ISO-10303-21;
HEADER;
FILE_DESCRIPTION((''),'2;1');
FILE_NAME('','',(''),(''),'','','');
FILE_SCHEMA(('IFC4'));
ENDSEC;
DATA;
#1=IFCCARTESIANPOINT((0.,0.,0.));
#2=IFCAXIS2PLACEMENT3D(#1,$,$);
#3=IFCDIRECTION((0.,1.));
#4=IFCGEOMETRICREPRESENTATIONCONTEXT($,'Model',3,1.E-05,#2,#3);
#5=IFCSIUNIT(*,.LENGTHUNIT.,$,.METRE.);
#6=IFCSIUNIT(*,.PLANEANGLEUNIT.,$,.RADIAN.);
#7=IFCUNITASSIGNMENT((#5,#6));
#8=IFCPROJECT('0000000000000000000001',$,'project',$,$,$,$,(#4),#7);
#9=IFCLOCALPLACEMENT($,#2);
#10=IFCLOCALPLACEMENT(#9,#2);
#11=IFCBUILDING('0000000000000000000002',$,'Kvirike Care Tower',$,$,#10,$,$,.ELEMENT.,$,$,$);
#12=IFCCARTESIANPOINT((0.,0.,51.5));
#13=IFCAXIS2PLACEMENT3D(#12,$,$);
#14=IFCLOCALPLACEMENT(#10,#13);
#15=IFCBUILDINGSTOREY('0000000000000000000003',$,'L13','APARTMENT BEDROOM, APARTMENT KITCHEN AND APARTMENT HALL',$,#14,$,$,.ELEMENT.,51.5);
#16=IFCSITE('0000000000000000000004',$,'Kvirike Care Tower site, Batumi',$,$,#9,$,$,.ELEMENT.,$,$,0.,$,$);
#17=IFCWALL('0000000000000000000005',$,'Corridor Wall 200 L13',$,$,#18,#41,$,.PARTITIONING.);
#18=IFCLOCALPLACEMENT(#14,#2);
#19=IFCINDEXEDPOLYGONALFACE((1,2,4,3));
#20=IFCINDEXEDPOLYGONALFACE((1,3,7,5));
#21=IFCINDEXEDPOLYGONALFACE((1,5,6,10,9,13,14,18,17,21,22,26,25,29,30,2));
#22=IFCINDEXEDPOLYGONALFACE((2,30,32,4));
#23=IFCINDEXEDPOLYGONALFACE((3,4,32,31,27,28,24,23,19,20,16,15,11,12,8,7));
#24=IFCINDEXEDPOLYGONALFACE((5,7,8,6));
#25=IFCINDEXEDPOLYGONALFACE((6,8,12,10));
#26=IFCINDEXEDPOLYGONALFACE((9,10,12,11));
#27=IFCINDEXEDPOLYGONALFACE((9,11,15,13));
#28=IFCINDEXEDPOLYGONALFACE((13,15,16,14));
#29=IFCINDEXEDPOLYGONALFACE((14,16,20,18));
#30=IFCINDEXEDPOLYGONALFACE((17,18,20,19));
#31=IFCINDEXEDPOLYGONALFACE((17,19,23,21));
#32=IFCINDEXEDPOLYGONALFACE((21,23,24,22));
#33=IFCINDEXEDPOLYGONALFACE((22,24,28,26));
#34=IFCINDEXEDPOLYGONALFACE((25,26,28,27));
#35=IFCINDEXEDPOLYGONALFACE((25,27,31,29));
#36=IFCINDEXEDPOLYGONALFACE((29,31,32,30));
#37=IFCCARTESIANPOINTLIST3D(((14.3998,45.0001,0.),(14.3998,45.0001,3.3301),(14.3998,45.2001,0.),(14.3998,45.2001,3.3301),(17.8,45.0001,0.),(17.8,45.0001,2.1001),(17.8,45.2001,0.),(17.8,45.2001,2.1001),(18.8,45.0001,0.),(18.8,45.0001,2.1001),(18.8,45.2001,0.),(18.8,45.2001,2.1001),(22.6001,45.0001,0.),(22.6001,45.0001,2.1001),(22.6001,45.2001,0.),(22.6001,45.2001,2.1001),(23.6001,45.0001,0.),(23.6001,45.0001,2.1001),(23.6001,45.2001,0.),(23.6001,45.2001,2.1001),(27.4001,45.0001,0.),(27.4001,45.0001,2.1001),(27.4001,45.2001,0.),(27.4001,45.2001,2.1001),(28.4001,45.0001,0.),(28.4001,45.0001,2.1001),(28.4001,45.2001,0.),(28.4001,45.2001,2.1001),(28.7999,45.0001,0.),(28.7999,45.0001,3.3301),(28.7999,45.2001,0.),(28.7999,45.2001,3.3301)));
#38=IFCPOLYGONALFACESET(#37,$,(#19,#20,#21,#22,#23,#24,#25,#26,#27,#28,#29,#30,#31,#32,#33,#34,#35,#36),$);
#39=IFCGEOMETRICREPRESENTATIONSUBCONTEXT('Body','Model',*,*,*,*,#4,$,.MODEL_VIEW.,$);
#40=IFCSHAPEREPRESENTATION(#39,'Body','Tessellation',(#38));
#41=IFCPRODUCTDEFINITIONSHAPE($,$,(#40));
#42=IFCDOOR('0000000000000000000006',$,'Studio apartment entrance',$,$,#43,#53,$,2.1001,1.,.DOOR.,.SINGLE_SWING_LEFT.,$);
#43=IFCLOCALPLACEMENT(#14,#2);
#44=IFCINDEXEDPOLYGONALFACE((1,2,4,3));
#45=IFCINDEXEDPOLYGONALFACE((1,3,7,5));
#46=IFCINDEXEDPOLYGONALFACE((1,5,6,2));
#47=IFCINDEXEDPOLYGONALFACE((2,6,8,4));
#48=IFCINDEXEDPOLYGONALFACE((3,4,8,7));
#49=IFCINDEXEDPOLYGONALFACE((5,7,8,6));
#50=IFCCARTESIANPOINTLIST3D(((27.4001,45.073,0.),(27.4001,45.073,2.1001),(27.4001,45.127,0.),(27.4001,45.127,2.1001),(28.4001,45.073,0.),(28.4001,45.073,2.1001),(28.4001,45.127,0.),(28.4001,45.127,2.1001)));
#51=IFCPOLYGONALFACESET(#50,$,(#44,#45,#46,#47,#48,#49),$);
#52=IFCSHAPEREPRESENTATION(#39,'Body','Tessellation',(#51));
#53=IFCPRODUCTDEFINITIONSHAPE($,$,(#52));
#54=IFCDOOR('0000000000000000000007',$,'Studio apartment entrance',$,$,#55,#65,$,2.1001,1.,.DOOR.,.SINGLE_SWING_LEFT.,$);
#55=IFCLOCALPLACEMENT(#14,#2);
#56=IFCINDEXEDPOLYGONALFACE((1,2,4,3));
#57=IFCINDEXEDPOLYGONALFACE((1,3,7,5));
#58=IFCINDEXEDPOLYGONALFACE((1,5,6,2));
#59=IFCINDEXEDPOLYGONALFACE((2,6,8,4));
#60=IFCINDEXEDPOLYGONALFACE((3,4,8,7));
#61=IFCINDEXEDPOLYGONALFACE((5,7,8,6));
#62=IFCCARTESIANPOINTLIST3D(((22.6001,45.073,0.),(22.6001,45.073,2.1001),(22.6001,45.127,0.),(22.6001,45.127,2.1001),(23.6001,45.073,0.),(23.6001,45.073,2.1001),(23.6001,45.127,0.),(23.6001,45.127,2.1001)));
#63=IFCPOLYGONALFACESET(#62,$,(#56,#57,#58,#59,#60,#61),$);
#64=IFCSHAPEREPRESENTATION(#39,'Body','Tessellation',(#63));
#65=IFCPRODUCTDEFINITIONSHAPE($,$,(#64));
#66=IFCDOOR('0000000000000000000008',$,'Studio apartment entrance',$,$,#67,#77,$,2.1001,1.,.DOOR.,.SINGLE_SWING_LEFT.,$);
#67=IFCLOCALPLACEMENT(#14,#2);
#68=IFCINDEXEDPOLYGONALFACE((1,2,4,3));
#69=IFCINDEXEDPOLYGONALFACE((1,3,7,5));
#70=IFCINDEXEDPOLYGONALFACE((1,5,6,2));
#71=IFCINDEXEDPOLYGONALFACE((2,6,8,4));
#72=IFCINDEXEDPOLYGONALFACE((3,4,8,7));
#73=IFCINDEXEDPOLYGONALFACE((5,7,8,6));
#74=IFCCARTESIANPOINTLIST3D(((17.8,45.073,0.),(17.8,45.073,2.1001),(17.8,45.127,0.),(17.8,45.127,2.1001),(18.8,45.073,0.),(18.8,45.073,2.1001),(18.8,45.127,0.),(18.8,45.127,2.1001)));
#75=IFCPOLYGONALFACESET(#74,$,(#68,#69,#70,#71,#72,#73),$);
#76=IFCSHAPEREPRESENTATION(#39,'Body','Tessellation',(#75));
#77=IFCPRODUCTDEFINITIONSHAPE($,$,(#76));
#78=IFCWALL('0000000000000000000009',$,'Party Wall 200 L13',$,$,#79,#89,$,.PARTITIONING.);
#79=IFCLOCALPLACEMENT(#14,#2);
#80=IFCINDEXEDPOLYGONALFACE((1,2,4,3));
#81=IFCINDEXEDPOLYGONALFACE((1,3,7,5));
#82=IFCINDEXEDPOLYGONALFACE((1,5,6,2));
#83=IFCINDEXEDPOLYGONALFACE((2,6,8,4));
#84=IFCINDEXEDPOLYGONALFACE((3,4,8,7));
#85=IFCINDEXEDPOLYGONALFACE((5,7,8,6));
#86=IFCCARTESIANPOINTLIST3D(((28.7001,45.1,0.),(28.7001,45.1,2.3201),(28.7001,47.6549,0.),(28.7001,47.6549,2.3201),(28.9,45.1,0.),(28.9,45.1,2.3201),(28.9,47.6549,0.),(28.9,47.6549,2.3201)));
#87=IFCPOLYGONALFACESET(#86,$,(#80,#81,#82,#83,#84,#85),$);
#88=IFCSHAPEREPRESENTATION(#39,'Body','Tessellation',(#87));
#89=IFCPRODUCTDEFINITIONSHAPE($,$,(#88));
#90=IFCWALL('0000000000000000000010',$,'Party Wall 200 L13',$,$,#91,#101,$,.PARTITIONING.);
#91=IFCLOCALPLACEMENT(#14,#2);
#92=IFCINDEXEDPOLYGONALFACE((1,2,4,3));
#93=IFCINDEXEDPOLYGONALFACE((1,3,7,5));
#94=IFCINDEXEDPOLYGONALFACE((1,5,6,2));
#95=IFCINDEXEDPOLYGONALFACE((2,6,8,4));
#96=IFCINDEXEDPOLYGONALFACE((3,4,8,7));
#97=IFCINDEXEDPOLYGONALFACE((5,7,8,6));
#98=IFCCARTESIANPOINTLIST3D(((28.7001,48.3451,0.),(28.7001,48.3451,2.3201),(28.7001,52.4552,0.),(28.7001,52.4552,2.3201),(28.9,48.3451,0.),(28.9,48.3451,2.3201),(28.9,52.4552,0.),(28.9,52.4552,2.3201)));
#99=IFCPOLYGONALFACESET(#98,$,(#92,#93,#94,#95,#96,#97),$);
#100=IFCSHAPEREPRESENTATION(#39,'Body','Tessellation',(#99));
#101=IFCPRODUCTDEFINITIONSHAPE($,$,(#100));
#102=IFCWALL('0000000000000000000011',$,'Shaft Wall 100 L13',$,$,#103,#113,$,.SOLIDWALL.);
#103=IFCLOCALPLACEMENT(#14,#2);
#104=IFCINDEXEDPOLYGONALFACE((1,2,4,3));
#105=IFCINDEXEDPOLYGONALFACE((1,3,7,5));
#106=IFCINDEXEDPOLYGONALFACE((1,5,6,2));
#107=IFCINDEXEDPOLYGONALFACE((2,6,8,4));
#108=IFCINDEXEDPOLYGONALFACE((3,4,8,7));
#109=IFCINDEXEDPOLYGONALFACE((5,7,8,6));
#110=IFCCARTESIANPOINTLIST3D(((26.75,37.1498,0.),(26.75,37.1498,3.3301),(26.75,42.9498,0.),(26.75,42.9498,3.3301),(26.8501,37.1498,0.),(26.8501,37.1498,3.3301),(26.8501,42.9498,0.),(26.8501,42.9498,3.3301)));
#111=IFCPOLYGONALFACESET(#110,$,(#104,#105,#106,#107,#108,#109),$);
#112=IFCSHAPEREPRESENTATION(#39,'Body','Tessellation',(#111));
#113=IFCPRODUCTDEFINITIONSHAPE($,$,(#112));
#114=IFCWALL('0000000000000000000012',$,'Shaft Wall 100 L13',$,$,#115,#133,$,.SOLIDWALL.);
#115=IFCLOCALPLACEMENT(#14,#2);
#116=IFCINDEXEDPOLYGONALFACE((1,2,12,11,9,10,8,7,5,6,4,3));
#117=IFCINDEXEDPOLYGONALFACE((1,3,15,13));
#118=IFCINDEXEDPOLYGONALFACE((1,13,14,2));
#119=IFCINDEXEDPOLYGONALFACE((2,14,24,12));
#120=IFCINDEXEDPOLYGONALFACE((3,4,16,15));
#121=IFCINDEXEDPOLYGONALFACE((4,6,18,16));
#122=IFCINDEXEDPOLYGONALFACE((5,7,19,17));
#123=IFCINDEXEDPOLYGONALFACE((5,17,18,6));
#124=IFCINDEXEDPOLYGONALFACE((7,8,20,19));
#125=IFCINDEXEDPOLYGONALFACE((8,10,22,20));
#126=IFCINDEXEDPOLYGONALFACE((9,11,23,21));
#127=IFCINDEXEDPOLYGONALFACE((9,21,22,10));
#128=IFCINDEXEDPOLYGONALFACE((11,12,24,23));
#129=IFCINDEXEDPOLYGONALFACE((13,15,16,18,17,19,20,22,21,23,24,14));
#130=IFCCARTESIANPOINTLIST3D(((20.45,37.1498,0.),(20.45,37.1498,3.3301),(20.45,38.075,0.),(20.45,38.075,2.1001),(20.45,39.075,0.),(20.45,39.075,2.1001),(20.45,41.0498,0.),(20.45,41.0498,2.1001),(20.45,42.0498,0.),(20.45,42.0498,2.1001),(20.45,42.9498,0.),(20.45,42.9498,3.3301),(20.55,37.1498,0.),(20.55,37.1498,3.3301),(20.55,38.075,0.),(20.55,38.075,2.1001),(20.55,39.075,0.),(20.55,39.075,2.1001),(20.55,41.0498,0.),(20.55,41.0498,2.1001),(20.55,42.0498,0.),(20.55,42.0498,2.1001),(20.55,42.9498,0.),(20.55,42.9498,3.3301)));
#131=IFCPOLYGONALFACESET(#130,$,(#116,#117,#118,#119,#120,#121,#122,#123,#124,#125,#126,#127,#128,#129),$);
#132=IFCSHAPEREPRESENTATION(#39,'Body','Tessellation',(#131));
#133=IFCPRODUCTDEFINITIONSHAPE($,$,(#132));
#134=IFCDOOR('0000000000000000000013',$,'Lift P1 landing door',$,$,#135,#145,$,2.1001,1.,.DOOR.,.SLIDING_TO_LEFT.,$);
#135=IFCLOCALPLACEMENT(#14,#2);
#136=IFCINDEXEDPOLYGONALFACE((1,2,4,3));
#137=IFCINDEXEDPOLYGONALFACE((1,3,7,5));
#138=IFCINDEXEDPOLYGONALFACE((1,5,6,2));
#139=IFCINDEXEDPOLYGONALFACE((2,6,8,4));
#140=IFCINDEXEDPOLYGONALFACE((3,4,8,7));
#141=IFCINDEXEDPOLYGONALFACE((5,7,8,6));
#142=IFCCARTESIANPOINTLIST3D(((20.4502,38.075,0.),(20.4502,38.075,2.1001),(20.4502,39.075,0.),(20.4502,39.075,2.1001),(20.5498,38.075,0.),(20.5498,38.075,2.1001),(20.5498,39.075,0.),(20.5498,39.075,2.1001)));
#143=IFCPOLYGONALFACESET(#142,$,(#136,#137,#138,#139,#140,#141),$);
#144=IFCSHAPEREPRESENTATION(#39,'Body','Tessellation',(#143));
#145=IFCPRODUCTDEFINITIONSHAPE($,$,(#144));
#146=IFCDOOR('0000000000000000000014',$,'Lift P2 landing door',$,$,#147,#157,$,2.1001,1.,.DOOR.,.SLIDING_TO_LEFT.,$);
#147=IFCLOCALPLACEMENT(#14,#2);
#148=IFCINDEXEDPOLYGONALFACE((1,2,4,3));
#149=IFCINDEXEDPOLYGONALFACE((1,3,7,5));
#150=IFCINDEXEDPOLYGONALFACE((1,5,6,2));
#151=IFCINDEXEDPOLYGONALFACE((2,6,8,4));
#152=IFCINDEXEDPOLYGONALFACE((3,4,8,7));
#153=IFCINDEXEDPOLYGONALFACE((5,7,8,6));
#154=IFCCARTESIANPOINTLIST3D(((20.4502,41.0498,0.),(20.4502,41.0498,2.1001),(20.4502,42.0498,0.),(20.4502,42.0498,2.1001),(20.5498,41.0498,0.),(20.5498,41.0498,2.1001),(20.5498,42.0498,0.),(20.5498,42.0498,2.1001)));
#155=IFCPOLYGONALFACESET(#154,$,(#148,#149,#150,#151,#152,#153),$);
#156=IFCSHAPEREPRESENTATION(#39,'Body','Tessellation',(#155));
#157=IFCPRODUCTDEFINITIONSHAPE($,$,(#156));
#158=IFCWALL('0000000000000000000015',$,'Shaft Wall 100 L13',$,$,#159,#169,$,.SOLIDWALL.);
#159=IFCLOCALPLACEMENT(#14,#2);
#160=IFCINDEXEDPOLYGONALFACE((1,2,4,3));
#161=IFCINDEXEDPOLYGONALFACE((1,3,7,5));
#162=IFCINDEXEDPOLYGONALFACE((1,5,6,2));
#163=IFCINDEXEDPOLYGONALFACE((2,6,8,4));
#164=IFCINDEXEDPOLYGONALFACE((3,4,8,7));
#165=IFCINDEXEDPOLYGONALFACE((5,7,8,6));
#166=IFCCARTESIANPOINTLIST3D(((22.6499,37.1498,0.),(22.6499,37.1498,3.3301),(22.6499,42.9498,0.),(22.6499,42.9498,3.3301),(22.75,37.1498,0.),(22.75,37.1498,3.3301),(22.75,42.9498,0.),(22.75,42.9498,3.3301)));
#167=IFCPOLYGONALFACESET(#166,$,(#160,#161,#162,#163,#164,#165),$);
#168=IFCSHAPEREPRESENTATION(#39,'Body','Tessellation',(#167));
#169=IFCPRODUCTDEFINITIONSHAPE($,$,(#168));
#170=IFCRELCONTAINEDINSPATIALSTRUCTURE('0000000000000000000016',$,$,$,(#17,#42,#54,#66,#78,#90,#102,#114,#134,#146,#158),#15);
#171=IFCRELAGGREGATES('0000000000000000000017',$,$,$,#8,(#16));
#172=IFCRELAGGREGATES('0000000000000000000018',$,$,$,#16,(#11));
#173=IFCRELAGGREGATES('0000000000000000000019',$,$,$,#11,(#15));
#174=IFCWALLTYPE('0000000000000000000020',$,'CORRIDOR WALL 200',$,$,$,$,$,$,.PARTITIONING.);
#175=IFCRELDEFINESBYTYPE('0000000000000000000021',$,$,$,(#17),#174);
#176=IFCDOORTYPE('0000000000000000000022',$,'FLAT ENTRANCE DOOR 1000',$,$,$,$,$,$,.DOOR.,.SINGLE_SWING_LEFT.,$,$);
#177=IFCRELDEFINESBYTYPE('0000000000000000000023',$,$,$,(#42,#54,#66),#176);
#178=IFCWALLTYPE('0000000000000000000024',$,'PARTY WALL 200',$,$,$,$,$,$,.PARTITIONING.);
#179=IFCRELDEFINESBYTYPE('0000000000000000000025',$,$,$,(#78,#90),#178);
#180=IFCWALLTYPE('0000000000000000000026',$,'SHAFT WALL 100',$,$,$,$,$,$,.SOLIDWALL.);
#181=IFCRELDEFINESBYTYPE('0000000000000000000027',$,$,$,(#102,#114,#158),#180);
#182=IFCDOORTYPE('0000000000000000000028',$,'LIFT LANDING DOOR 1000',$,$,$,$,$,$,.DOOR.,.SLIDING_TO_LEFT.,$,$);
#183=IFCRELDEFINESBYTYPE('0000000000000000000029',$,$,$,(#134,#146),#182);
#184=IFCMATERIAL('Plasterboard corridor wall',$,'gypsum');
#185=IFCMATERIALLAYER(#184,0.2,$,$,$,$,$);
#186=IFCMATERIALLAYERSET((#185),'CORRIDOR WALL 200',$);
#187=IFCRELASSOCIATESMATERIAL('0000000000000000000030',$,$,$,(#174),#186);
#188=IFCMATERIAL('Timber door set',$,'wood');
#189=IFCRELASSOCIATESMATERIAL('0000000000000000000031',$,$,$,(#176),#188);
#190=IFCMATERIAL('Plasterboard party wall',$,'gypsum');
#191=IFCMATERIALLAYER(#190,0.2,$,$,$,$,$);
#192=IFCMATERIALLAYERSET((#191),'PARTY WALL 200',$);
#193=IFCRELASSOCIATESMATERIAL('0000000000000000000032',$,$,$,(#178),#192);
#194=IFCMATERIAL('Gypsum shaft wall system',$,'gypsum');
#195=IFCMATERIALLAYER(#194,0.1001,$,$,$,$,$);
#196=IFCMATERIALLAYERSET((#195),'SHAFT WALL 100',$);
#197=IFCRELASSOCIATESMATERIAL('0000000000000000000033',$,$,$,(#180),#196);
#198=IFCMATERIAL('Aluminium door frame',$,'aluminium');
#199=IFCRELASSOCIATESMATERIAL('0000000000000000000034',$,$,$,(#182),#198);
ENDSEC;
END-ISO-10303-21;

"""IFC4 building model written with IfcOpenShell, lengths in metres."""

from ifc_helpers import new_model, si_unit, direction, frame, frame_2d, origin, place, context, subcontext, project, spatial, rectangle, extrude, material, layer, layer_set, type_object, element, fill, save


model = new_model("IFC4")

# Units and contexts
model_context = context("Model", 3, precision=1e-05, world=origin(), true_north=direction((0.0, 1.0)))
body_context = subcontext(model_context, "Body", "Model", "MODEL_VIEW")
ifc_project = project(units=[si_unit("LENGTHUNIT", "METRE"), si_unit("PLANEANGLEUNIT", "RADIAN")], contexts=[model_context])

# Site, building, storey
site_placement = place(None, origin())
site = spatial("IfcSite", under=ifc_project, at=site_placement, Name="Kvirike Care Tower site, Batumi", CompositionType="ELEMENT", RefElevation=0.0)
building_placement = place(site_placement, origin())
building = spatial("IfcBuilding", under=site, at=building_placement, Name="Kvirike Care Tower", CompositionType="ELEMENT")
storey_placement = place(building_placement, frame((0.0, 0.0, 51.5)))
storey = spatial("IfcBuildingStorey", under=building, at=storey_placement, Name="L13", Description="APARTMENT BEDROOM, APARTMENT KITCHEN AND APARTMENT HALL", CompositionType="ELEMENT", Elevation=51.5)

# Wall, openings, doors
ifc_material_1 = material(Name="Plasterboard corridor wall", Category="gypsum")
ifc_layer_1 = layer(ifc_material_1, 0.2)
ifc_layer_set_1 = layer_set([ifc_layer_1], Name="CORRIDOR WALL 200")
wall_type_1 = type_object("IfcWallType", Name="CORRIDOR WALL 200", PredefinedType="PARTITIONING", material=ifc_layer_set_1)
wall_1_placement = place(storey_placement, frame((28.8, 45.1001, 0.0), z_axis=(0.0, 0.0, 1.0), x_axis=(-1.0, 0.0, 0.0)))
wall_1 = element("IfcWall", 1, at=wall_1_placement, inside=storey, type_object=wall_type_1, Name="Corridor Wall 200 L13", PredefinedType="PARTITIONING", context=body_context, shape_type="SweptSolid", body=[
    extrude(rectangle(XDim=14.4001, YDim=0.2, at=frame_2d((7.2002, 0.0))), origin(), (0.0, 0.0, 1.0), 3.3301),
])
opening_1_placement = place(wall_1_placement, frame((0.3999, 0.0, 0.0)))
opening_1 = element("IfcOpeningElement", 2, at=opening_1_placement, cuts=wall_1, PredefinedType="OPENING", context=body_context, shape_type="SweptSolid", body=[
    extrude(rectangle(XDim=1.0, YDim=2.1001, at=frame_2d((0.5, 1.05))), frame((0.0, 0.1106, 0.0), z_axis=(0.0, -1.0, 0.0), x_axis=(1.0, 0.0, 0.0)), (0.0, 0.0, 1.0), 0.2209),
])
opening_2_placement = place(wall_1_placement, frame((5.2, 0.0, 0.0)))
opening_2 = element("IfcOpeningElement", 3, at=opening_2_placement, cuts=wall_1, PredefinedType="OPENING", context=body_context, shape_type="SweptSolid", body=[
    extrude(rectangle(XDim=1.0, YDim=2.1001, at=frame_2d((0.5, 1.05))), frame((0.0, 0.1106, 0.0), z_axis=(0.0, -1.0, 0.0), x_axis=(1.0, 0.0, 0.0)), (0.0, 0.0, 1.0), 0.2209),
])
opening_3_placement = place(wall_1_placement, frame((10.0, 0.0, 0.0)))
opening_3 = element("IfcOpeningElement", 4, at=opening_3_placement, cuts=wall_1, PredefinedType="OPENING", context=body_context, shape_type="SweptSolid", body=[
    extrude(rectangle(XDim=1.0, YDim=2.1001, at=frame_2d((0.5, 1.05))), frame((0.0, 0.1106, 0.0), z_axis=(0.0, -1.0, 0.0), x_axis=(1.0, 0.0, 0.0)), (0.0, 0.0, 1.0), 0.2209),
])
ifc_material_2 = material(Name="Timber door set", Category="wood")
door_type_1 = type_object("IfcDoorType", Name="FLAT ENTRANCE DOOR 1000", OperationType="SINGLE_SWING_LEFT", PredefinedType="DOOR", material=ifc_material_2)
door_1_placement = place(opening_1_placement, frame((1.0, 0.0, 0.0), z_axis=(0.0, 0.0, 1.0), x_axis=(-1.0, 0.0, 0.0)))
door_1 = element("IfcDoor", 5, at=door_1_placement, inside=storey, type_object=door_type_1, Name="Studio apartment entrance", OperationType="SINGLE_SWING_LEFT", OverallHeight=2.1001, OverallWidth=1.0, PredefinedType="DOOR", context=body_context, shape_type="SweptSolid", body=[
    extrude(rectangle(XDim=1.0, YDim=2.1001, at=frame_2d((0.5, 1.05))), frame((0.0, 0.0269, 0.0), z_axis=(0.0, -1.0, 0.0), x_axis=(1.0, 0.0, 0.0)), (0.0, 0.0, 1.0), 0.054),
])
fill(opening_1, door_1)
door_2_placement = place(opening_2_placement, frame((1.0, 0.0, 0.0), z_axis=(0.0, 0.0, 1.0), x_axis=(-1.0, 0.0, 0.0)))
door_2 = element("IfcDoor", 6, at=door_2_placement, inside=storey, type_object=door_type_1, Name="Studio apartment entrance", OperationType="SINGLE_SWING_LEFT", OverallHeight=2.1001, OverallWidth=1.0, PredefinedType="DOOR", context=body_context, shape_type="SweptSolid", body=[
    extrude(rectangle(XDim=1.0, YDim=2.1001, at=frame_2d((0.5, 1.05))), frame((0.0, 0.0269, 0.0), z_axis=(0.0, -1.0, 0.0), x_axis=(1.0, 0.0, 0.0)), (0.0, 0.0, 1.0), 0.054),
])
fill(opening_2, door_2)
door_3_placement = place(opening_3_placement, frame((1.0, 0.0, 0.0), z_axis=(0.0, 0.0, 1.0), x_axis=(-1.0, 0.0, 0.0)))
door_3 = element("IfcDoor", 7, at=door_3_placement, inside=storey, type_object=door_type_1, Name="Studio apartment entrance", OperationType="SINGLE_SWING_LEFT", OverallHeight=2.1001, OverallWidth=1.0, PredefinedType="DOOR", context=body_context, shape_type="SweptSolid", body=[
    extrude(rectangle(XDim=1.0, YDim=2.1001, at=frame_2d((0.5, 1.05))), frame((0.0, 0.0269, 0.0), z_axis=(0.0, -1.0, 0.0), x_axis=(1.0, 0.0, 0.0)), (0.0, 0.0, 1.0), 0.054),
])
fill(opening_3, door_3)

# Walls
ifc_material_3 = material(Name="Plasterboard party wall", Category="gypsum")
ifc_layer_2 = layer(ifc_material_3, 0.2)
ifc_layer_set_2 = layer_set([ifc_layer_2], Name="PARTY WALL 200")
wall_type_2 = type_object("IfcWallType", Name="PARTY WALL 200", PredefinedType="PARTITIONING", material=ifc_layer_set_2)
wall_2_placement = place(storey_placement, frame((28.8, 45.1001, 0.0), z_axis=(0.0, 0.0, 1.0), x_axis=(0.0, 1.0, 0.0)))
element("IfcWall", 8, at=wall_2_placement, inside=storey, type_object=wall_type_2, Name="Party Wall 200 L13", PredefinedType="PARTITIONING", context=body_context, shape_type="SweptSolid", body=[
    extrude(rectangle(XDim=2.5549, YDim=0.2, at=frame_2d((1.2773, 0.0))), origin(), (0.0, 0.0, 1.0), 2.3201),
])
wall_3_placement = place(storey_placement, frame((28.8, 48.345, 0.0), z_axis=(0.0, 0.0, 1.0), x_axis=(0.0, 1.0, 0.0)))
element("IfcWall", 9, at=wall_3_placement, inside=storey, type_object=wall_type_2, Name="Party Wall 200 L13", PredefinedType="PARTITIONING", context=body_context, shape_type="SweptSolid", body=[
    extrude(rectangle(XDim=4.1101, YDim=0.2, at=frame_2d((2.0552, 0.0))), origin(), (0.0, 0.0, 1.0), 2.3201),
])
ifc_material_4 = material(Name="Gypsum shaft wall system", Category="gypsum")
ifc_layer_3 = layer(ifc_material_4, 0.1001)
ifc_layer_set_3 = layer_set([ifc_layer_3], Name="SHAFT WALL 100")
wall_type_3 = type_object("IfcWallType", Name="SHAFT WALL 100", PredefinedType="SOLIDWALL", material=ifc_layer_set_3)
wall_4_placement = place(storey_placement, frame((26.8, 37.1499, 0.0), z_axis=(0.0, 0.0, 1.0), x_axis=(0.0, 1.0, 0.0)))
element("IfcWall", 10, at=wall_4_placement, inside=storey, type_object=wall_type_3, Name="Shaft Wall 100 L13", PredefinedType="SOLIDWALL", context=body_context, shape_type="SweptSolid", body=[
    extrude(rectangle(XDim=5.8, YDim=0.1001, at=frame_2d((2.8999, 0.0))), origin(), (0.0, 0.0, 1.0), 3.3301),
])

# Wall, openings, doors
wall_5_placement = place(storey_placement, frame((20.5, 37.1499, 0.0), z_axis=(0.0, 0.0, 1.0), x_axis=(0.0, 1.0, 0.0)))
wall_5 = element("IfcWall", 11, at=wall_5_placement, inside=storey, type_object=wall_type_3, Name="Shaft Wall 100 L13", PredefinedType="SOLIDWALL", context=body_context, shape_type="SweptSolid", body=[
    extrude(rectangle(XDim=5.8, YDim=0.1001, at=frame_2d((2.8999, 0.0))), origin(), (0.0, 0.0, 1.0), 3.3301),
])
opening_4_placement = place(wall_5_placement, frame((0.925, 0.0, 0.0)))
opening_4 = element("IfcOpeningElement", 12, at=opening_4_placement, cuts=wall_5, PredefinedType="OPENING", context=body_context, shape_type="SweptSolid", body=[
    extrude(rectangle(XDim=1.0, YDim=2.1001, at=frame_2d((0.5, 1.05))), frame((0.0, 0.0605, 0.0), z_axis=(0.0, -1.0, 0.0), x_axis=(1.0, 0.0, 0.0)), (0.0, 0.0, 1.0), 0.1211),
])
opening_5_placement = place(wall_5_placement, frame((3.8999, 0.0, 0.0)))
opening_5 = element("IfcOpeningElement", 13, at=opening_5_placement, cuts=wall_5, PredefinedType="OPENING", context=body_context, shape_type="SweptSolid", body=[
    extrude(rectangle(XDim=1.0, YDim=2.1001, at=frame_2d((0.5, 1.05))), frame((0.0, 0.0605, 0.0), z_axis=(0.0, -1.0, 0.0), x_axis=(1.0, 0.0, 0.0)), (0.0, 0.0, 1.0), 0.1211),
])
ifc_material_5 = material(Name="Aluminium door frame", Category="aluminium")
door_type_2 = type_object("IfcDoorType", Name="LIFT LANDING DOOR 1000", OperationType="SLIDING_TO_LEFT", PredefinedType="DOOR", material=ifc_material_5)
door_4_placement = place(opening_4_placement, origin())
door_4 = element("IfcDoor", 14, at=door_4_placement, inside=storey, type_object=door_type_2, Name="Lift P1 landing door", OperationType="SLIDING_TO_LEFT", OverallHeight=2.1001, OverallWidth=1.0, PredefinedType="DOOR", context=body_context, shape_type="SweptSolid", body=[
    extrude(rectangle(XDim=1.0, YDim=2.1001, at=frame_2d((0.5, 1.05))), frame((0.0, 0.0498, 0.0), z_axis=(0.0, -1.0, 0.0), x_axis=(1.0, 0.0, 0.0)), (0.0, 0.0, 1.0), 0.0996),
])
fill(opening_4, door_4)
door_5_placement = place(opening_5_placement, origin())
door_5 = element("IfcDoor", 15, at=door_5_placement, inside=storey, type_object=door_type_2, Name="Lift P2 landing door", OperationType="SLIDING_TO_LEFT", OverallHeight=2.1001, OverallWidth=1.0, PredefinedType="DOOR", context=body_context, shape_type="SweptSolid", body=[
    extrude(rectangle(XDim=1.0, YDim=2.1001, at=frame_2d((0.5, 1.05))), frame((0.0, 0.0498, 0.0), z_axis=(0.0, -1.0, 0.0), x_axis=(1.0, 0.0, 0.0)), (0.0, 0.0, 1.0), 0.0996),
])
fill(opening_5, door_5)

# Wall
wall_6_placement = place(storey_placement, frame((22.7, 37.1499, 0.0), z_axis=(0.0, 0.0, 1.0), x_axis=(0.0, 1.0, 0.0)))
element("IfcWall", 16, at=wall_6_placement, inside=storey, type_object=wall_type_3, Name="Shaft Wall 100 L13", PredefinedType="SOLIDWALL", context=body_context, shape_type="SweptSolid", body=[
    extrude(rectangle(XDim=5.8, YDim=0.1001, at=frame_2d((2.8999, 0.0))), origin(), (0.0, 0.0, 1.0), 3.3301),
])

save(model, "model.ifc")
